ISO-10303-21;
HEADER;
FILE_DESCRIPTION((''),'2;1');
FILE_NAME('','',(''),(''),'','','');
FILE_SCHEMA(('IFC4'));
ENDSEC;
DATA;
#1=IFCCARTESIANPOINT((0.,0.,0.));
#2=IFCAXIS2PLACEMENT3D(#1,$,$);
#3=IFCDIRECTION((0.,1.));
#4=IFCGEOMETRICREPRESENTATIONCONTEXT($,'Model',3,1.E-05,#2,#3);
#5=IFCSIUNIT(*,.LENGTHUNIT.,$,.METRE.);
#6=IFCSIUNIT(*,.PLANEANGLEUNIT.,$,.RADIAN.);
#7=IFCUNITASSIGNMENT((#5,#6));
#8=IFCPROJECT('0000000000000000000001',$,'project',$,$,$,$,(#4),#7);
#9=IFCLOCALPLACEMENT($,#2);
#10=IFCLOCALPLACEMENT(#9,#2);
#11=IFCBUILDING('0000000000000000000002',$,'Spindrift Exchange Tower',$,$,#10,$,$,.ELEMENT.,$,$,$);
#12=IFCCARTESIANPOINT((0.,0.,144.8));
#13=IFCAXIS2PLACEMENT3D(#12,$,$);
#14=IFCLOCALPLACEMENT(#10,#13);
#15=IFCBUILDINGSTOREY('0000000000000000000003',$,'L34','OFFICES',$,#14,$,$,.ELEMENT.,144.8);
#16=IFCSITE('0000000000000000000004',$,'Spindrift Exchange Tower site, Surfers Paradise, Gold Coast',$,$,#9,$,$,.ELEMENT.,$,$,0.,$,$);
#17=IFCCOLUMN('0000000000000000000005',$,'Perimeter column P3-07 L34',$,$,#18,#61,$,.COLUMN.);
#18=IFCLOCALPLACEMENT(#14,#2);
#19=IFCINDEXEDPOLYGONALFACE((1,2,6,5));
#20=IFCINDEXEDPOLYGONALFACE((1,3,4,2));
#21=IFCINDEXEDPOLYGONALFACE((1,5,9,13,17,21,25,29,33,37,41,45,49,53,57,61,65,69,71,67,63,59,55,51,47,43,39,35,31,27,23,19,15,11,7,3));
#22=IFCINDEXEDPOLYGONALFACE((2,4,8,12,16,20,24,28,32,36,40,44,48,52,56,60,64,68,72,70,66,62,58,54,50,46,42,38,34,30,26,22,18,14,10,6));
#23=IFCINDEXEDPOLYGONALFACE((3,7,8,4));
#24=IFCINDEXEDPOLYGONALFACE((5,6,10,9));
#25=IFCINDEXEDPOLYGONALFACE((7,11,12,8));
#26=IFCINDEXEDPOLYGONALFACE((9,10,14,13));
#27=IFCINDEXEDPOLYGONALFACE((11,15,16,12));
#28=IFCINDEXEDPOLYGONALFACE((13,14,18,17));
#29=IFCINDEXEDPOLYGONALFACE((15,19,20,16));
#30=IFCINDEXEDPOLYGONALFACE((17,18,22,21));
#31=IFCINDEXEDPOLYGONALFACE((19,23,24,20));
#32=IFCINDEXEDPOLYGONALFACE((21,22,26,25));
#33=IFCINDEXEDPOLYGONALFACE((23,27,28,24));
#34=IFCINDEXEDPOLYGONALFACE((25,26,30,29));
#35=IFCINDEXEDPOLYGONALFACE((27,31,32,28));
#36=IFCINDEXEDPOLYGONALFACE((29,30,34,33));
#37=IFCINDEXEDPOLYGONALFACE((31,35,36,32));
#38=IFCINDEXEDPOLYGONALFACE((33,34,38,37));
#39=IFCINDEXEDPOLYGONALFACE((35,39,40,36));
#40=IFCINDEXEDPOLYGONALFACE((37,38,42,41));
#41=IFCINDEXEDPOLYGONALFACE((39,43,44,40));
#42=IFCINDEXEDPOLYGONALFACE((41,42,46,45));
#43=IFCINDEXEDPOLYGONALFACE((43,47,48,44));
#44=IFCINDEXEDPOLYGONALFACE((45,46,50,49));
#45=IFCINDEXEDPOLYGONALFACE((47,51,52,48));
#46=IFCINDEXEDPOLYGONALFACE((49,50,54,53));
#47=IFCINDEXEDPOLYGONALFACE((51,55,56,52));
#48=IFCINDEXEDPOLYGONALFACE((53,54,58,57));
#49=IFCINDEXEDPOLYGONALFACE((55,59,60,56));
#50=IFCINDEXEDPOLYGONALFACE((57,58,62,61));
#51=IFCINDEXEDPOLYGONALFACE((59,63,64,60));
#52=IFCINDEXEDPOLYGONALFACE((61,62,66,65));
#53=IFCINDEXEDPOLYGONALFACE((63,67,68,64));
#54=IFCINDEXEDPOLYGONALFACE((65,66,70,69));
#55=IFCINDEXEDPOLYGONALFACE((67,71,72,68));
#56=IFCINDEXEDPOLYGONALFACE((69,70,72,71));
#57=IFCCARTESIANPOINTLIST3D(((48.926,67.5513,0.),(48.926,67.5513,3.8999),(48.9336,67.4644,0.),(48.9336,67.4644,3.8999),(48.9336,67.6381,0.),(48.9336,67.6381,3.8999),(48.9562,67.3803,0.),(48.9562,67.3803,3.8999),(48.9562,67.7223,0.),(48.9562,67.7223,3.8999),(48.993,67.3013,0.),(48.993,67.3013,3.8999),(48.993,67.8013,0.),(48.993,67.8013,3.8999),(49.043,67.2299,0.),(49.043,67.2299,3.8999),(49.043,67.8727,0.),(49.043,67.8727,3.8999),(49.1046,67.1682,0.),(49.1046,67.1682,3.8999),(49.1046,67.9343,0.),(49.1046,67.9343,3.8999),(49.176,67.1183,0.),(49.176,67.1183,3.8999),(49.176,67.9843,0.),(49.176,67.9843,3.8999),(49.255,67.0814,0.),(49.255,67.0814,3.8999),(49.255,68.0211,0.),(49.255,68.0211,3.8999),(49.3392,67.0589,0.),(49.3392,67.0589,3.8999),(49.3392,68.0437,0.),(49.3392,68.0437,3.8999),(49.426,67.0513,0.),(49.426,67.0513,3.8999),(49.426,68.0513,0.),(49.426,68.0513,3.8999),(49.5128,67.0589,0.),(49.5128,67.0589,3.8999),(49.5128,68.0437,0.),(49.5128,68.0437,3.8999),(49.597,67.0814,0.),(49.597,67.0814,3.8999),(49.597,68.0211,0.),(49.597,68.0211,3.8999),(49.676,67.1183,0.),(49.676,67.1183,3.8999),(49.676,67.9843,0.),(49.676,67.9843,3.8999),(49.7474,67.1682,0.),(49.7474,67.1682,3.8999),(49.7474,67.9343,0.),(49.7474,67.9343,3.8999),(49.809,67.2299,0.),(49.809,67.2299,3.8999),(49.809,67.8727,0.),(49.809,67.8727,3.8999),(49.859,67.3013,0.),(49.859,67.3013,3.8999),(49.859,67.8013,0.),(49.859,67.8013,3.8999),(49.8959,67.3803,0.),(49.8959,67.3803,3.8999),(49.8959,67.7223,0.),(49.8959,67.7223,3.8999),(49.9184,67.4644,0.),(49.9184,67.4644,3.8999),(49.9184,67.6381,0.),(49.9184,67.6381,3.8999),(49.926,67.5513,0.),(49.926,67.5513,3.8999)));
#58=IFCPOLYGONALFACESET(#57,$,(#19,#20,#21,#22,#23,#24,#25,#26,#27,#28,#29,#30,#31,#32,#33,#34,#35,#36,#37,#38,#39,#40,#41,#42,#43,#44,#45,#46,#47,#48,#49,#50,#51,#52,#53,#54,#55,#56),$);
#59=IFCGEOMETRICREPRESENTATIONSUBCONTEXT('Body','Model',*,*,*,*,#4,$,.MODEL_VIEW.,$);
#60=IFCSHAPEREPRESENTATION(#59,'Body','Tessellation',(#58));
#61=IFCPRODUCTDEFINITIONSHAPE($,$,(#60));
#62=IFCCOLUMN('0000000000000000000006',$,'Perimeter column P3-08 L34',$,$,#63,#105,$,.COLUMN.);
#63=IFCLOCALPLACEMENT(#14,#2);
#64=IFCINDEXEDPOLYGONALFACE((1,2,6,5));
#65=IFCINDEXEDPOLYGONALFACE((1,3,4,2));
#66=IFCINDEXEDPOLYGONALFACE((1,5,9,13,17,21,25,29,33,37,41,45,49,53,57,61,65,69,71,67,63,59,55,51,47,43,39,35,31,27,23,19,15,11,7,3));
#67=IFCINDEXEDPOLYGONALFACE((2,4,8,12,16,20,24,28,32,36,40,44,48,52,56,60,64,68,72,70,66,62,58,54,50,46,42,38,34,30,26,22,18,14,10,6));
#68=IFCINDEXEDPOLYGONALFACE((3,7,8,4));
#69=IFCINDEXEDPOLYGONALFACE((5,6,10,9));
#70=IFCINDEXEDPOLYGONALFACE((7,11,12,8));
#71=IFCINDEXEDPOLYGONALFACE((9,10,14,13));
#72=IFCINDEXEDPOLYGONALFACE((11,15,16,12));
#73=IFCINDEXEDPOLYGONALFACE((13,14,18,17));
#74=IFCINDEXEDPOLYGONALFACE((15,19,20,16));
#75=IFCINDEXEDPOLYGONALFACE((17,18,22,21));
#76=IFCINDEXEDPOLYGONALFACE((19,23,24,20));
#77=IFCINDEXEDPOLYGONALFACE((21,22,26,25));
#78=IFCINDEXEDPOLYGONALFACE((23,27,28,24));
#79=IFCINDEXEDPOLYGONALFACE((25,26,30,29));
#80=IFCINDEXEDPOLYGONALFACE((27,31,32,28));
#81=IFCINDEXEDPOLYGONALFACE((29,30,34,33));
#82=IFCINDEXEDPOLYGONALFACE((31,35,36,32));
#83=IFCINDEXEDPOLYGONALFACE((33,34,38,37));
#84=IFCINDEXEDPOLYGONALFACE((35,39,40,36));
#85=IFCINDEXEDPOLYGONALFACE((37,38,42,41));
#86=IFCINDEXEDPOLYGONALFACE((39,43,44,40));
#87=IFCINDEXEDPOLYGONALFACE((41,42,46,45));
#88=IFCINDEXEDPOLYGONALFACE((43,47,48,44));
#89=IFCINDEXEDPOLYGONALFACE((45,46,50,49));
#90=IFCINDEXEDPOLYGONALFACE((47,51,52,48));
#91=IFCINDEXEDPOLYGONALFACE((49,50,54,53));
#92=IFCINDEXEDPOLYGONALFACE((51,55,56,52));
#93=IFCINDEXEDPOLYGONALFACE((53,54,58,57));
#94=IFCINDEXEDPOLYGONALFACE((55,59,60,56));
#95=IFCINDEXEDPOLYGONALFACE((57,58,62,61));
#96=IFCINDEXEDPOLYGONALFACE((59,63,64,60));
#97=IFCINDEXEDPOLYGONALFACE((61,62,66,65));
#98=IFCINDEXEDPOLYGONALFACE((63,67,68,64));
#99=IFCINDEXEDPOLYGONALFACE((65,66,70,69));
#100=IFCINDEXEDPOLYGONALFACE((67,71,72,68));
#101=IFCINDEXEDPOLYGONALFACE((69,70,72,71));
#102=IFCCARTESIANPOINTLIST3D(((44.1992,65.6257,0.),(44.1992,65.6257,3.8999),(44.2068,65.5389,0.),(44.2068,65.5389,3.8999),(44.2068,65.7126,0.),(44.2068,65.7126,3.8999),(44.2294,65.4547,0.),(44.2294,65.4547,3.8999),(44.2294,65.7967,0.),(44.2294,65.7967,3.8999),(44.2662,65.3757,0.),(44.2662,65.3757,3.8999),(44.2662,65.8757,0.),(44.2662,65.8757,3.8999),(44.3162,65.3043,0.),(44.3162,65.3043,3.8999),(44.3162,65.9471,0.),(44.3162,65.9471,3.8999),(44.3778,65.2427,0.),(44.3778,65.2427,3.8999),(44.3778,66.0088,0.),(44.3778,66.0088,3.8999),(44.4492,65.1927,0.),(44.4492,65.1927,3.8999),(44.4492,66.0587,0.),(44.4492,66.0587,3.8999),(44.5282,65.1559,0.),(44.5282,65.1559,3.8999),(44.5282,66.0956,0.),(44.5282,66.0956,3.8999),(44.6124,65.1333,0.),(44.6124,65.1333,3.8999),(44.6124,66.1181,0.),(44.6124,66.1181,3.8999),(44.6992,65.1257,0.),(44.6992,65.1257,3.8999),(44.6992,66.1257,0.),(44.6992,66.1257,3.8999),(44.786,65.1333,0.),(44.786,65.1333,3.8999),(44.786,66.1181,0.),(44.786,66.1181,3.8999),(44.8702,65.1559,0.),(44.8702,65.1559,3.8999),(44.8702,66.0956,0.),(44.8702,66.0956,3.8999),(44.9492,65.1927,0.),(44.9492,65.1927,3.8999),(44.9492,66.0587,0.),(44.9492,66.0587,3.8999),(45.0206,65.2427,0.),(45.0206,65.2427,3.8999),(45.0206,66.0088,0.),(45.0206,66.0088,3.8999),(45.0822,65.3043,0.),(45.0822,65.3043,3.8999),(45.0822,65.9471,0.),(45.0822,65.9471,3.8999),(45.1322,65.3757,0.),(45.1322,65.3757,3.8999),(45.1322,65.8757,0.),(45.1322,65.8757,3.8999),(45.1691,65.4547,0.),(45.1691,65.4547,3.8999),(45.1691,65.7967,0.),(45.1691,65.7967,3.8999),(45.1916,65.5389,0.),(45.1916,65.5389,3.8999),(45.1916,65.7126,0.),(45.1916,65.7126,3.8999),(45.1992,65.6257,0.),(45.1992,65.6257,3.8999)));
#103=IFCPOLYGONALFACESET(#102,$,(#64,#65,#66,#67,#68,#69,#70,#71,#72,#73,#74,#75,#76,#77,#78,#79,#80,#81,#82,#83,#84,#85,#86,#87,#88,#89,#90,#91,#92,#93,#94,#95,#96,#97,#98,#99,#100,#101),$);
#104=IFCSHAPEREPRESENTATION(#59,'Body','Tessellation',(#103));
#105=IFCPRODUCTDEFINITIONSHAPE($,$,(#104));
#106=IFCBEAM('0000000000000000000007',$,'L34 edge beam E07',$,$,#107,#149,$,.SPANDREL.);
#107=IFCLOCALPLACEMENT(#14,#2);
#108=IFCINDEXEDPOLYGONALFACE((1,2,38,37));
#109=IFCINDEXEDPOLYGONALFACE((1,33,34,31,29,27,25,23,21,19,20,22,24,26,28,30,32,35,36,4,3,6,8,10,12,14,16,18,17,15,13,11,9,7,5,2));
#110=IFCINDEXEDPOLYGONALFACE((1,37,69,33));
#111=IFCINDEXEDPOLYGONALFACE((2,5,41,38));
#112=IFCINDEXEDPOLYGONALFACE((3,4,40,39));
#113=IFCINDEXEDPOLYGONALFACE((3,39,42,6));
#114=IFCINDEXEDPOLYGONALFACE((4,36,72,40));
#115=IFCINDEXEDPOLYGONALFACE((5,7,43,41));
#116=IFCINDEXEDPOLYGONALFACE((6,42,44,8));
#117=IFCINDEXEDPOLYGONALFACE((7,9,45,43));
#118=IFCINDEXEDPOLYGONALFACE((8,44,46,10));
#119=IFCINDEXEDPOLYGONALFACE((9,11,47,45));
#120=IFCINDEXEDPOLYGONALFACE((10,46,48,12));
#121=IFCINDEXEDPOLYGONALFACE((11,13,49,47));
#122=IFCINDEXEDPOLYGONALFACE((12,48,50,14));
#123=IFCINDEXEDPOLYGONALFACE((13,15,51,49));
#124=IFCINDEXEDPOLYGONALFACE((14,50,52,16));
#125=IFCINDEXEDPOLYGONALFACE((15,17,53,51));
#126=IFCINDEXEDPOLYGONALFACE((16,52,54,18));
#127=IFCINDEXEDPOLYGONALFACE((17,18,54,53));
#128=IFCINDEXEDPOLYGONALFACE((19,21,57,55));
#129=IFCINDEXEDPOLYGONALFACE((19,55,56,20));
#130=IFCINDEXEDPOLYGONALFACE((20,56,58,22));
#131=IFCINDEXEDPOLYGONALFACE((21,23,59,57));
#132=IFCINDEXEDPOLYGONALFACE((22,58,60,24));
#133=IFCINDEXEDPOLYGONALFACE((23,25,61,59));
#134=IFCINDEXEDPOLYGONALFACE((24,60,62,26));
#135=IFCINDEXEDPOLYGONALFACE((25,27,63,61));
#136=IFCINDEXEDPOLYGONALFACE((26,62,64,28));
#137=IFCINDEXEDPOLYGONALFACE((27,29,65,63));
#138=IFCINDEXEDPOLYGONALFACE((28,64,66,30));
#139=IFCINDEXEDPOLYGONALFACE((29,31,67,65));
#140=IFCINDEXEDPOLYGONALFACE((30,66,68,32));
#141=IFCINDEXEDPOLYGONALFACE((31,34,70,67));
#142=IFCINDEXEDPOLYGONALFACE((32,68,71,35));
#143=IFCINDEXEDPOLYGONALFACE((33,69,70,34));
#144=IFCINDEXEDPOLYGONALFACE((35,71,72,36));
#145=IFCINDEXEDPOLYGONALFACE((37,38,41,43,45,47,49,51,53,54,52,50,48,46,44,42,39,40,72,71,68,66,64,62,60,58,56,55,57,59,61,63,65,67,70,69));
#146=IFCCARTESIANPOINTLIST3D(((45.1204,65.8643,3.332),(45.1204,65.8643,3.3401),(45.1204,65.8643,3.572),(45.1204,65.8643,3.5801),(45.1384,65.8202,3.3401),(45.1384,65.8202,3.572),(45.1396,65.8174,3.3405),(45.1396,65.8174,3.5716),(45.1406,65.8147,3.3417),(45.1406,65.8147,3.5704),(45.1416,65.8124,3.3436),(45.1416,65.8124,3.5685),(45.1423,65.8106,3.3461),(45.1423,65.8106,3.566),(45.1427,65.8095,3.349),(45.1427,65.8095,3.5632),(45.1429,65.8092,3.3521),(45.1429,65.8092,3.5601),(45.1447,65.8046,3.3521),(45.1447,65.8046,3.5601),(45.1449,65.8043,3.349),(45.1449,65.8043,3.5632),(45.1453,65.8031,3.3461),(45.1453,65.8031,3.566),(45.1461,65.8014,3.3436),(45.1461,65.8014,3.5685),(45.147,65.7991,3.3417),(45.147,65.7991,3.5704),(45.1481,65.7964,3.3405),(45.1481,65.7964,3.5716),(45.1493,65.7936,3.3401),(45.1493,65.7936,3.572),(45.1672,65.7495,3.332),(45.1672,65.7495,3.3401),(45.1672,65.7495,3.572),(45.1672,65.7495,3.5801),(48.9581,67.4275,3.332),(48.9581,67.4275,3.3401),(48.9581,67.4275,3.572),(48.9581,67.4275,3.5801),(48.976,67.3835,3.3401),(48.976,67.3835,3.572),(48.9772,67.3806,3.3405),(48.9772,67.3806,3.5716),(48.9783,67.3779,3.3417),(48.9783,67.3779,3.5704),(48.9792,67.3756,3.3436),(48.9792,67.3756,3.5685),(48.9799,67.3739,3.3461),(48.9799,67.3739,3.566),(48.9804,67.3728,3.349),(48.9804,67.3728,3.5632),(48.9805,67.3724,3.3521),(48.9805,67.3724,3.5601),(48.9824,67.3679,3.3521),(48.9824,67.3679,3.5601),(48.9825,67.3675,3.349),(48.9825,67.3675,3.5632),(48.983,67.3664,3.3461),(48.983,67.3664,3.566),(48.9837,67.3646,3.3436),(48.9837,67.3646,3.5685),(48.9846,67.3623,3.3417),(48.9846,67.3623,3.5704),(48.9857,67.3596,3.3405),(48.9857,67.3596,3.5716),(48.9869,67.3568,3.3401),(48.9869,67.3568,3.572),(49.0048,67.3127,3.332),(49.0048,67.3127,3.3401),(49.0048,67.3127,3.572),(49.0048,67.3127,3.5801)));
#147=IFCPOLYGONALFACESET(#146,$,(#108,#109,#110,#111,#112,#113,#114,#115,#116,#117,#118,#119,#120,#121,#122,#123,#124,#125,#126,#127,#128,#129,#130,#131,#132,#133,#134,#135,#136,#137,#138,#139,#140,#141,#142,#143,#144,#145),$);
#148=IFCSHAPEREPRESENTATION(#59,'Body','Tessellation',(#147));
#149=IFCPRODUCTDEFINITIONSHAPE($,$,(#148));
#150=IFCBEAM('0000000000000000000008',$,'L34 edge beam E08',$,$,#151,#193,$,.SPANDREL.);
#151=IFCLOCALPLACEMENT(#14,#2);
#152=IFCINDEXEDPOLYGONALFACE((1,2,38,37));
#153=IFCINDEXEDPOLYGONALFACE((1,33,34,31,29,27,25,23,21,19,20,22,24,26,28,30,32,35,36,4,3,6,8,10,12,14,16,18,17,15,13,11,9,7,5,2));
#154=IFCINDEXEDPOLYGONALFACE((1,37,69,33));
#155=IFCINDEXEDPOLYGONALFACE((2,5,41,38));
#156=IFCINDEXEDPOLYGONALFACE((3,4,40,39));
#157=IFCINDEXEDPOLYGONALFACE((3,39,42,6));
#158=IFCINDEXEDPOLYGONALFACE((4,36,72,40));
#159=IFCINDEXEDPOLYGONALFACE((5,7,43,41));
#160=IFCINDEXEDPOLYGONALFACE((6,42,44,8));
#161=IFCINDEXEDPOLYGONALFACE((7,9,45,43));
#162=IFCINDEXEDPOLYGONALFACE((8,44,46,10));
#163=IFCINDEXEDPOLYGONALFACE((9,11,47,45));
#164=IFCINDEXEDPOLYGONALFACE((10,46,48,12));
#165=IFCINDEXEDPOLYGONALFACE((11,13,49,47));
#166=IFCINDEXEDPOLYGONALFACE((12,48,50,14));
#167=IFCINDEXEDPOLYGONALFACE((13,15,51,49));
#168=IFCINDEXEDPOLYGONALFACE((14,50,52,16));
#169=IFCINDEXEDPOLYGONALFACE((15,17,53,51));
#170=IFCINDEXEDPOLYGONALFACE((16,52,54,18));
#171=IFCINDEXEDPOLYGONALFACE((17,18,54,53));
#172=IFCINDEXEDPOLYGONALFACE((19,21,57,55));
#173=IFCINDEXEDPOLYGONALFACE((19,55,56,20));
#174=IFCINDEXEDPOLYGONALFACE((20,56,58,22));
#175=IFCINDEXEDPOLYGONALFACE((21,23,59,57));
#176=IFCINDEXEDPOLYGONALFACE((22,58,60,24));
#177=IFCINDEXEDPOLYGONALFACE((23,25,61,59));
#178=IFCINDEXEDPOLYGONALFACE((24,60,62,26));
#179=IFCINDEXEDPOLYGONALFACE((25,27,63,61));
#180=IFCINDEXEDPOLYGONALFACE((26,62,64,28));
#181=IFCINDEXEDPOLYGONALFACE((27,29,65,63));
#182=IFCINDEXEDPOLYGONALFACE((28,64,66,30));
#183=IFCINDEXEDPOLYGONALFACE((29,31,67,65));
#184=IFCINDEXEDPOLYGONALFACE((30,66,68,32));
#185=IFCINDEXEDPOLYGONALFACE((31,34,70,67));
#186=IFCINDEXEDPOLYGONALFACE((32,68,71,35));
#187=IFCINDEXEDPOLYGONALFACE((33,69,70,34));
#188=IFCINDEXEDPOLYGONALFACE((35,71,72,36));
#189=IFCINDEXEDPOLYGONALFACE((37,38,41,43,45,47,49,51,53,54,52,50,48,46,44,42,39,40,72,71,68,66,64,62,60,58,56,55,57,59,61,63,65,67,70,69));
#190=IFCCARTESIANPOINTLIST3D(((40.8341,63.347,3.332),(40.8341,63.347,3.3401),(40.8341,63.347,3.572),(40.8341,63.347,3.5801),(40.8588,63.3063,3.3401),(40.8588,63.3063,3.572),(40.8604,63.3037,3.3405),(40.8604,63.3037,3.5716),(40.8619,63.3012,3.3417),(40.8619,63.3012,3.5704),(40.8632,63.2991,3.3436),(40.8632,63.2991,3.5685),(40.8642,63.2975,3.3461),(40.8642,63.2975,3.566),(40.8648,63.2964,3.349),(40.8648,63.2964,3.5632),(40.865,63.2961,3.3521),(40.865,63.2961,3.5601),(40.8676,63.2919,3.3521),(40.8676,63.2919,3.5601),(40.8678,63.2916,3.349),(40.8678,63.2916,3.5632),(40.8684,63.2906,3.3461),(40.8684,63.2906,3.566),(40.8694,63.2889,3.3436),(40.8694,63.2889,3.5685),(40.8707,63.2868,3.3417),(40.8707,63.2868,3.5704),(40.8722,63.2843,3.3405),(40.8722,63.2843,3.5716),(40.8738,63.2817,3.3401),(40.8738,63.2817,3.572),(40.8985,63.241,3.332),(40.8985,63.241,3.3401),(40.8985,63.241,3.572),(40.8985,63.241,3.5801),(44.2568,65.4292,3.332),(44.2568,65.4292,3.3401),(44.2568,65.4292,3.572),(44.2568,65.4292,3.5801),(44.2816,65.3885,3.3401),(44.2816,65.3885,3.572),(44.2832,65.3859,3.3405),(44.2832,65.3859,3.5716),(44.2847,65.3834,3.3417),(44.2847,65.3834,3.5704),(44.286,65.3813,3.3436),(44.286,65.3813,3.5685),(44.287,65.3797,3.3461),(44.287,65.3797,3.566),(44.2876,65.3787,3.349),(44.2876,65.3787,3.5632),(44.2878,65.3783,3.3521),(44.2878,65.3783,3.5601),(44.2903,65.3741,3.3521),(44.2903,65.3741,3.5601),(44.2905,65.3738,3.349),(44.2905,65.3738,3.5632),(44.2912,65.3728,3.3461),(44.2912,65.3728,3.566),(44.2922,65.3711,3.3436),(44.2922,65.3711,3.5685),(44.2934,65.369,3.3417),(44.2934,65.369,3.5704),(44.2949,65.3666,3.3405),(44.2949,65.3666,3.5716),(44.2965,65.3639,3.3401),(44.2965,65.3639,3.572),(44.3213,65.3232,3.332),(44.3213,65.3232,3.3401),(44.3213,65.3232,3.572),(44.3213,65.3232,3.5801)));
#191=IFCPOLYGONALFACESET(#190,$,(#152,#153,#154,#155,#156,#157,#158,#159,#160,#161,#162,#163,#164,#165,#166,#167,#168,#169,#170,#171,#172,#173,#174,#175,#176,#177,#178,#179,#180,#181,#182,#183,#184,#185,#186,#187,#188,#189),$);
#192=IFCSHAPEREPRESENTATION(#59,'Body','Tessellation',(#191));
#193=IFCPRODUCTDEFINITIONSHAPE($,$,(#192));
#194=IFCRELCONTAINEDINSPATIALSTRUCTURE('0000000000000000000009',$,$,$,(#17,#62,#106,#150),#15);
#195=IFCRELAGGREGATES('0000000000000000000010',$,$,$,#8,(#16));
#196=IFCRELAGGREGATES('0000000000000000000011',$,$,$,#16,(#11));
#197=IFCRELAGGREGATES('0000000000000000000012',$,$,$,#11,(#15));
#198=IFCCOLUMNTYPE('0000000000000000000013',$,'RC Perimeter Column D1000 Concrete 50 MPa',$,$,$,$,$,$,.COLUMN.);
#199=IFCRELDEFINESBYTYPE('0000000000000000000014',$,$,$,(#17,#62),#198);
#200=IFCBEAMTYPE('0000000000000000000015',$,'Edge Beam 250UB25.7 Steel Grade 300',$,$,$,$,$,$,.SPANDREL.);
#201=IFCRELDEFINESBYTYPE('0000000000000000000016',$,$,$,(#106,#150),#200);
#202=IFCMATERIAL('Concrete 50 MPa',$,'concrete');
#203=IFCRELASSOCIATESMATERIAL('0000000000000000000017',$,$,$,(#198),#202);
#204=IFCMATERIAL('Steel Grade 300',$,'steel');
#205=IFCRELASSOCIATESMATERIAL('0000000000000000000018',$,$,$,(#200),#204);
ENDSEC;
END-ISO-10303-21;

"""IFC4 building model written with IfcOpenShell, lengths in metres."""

from ifc_helpers import new_model, si_unit, direction, frame, origin, origin_2d, place, context, subcontext, project, spatial, circle, i_section, extrude, source, transform, mapped, material, material_profile, profile_set, type_object, element, save


model = new_model("IFC4")

# Units and contexts
model_context = context("Model", 3, precision=1e-05, world=origin(), true_north=direction((0.0, 1.0)))
body_context = subcontext(model_context, "Body", "Model", "MODEL_VIEW")
ifc_project = project(units=[si_unit("LENGTHUNIT", "METRE"), si_unit("PLANEANGLEUNIT", "RADIAN")], contexts=[model_context])

# Site, building, storey
site_placement = place(None, origin())
site = spatial("IfcSite", under=ifc_project, at=site_placement, Name="Spindrift Exchange Tower site, Surfers Paradise, Gold Coast", CompositionType="ELEMENT", RefElevation=0.0)
building_placement = place(site_placement, origin())
building = spatial("IfcBuilding", under=site, at=building_placement, Name="Spindrift Exchange Tower", CompositionType="ELEMENT")
storey_placement = place(building_placement, frame((0.0, 0.0, 144.8)))
storey = spatial("IfcBuildingStorey", under=building, at=storey_placement, Name="L34", Description="OFFICES", CompositionType="ELEMENT", Elevation=144.8)

# Columns
ifc_material_1 = material(Name="Concrete 50 MPa", Category="concrete")
ifc_material_profile_1 = material_profile(ifc_material_1, circle(Radius=0.5, at=origin_2d()), Name="RC D1000")
ifc_profile_set_1 = profile_set([ifc_material_profile_1], Name="Concrete 50 MPa")
column_type = type_object("IfcColumnType", Name="RC Perimeter Column D1000 Concrete 50 MPa", PredefinedType="COLUMN", material=ifc_profile_set_1)
shared_shape_1 = source(origin(), body_context, "Body", "SweptSolid", [
    extrude(circle(Radius=0.5, at=origin_2d()), origin(), (0.0, 0.0, 1.0), 3.8999),
])
for number, where, z_axis, x_axis, name in (
    (1, (49.426, 67.5513, 0.0), (0.0, 0.0, 1.0), (1.0, 0.0, 0.0), "Perimeter column P3-07 L34"),
    (2, (44.6992, 65.6257, 0.0), (0.0, 0.0, 1.0), (1.0, 0.0, 0.0), "Perimeter column P3-08 L34"),
):
    element("IfcColumn", number, at=place(storey_placement, frame(where, z_axis=z_axis, x_axis=x_axis)), inside=storey, type_object=column_type, Name=name, PredefinedType="COLUMN", context=body_context, shape_type="MappedRepresentation", body=[
        mapped(shared_shape_1, transform((0.0, 0.0, 0.0), scale=1.0)),
    ])

# Beams
ifc_material_2 = material(Name="Steel Grade 300", Category="steel")
ifc_material_profile_2 = material_profile(ifc_material_2, i_section(OverallWidth=0.124, OverallDepth=0.248, WebThickness=0.0049, FlangeThickness=0.0081, FilletRadius=0.012, at=origin_2d()), Name="250UB25.7")
ifc_profile_set_2 = profile_set([ifc_material_profile_2], Name="Steel Grade 300")
beam_type_1 = type_object("IfcBeamType", Name="Edge Beam 250UB25.7 Steel Grade 300", PredefinedType="SPANDREL", material=ifc_profile_set_2)
shared_shape_2 = source(origin(), body_context, "Body", "SweptSolid", [
    extrude(i_section(OverallWidth=0.124, OverallDepth=0.248, WebThickness=0.0049, FlangeThickness=0.0081, FilletRadius=0.012, at=origin_2d()), origin(), (0.0, 0.0, 1.0), 4.1438),
])
beam_1_placement = place(storey_placement, frame((48.9814, 67.3701, 3.4561), z_axis=(-0.926114, -0.377244, 0.0), x_axis=(0.377244, -0.926114, 0.0)))
element("IfcBeam", 3, at=beam_1_placement, inside=storey, type_object=beam_type_1, Name="L34 edge beam E07", PredefinedType="SPANDREL", context=body_context, shape_type="MappedRepresentation", body=[
    mapped(shared_shape_2, transform((0.0, 0.0, 0.0), scale=1.0)),
])
shared_shape_3 = source(origin(), body_context, "Body", "SweptSolid", [
    extrude(i_section(OverallWidth=0.124, OverallDepth=0.248, WebThickness=0.0049, FlangeThickness=0.0081, FilletRadius=0.012, at=origin_2d()), origin(), (0.0, 0.0, 1.0), 4.0063),
])
beam_2_placement = place(storey_placement, frame((44.2891, 65.3762, 3.4561), z_axis=(-0.854331, -0.519728, 0.0), x_axis=(0.519728, -0.854331, 0.0)))
element("IfcBeam", 4, at=beam_2_placement, inside=storey, type_object=beam_type_1, Name="L34 edge beam E08", PredefinedType="SPANDREL", context=body_context, shape_type="MappedRepresentation", body=[
    mapped(shared_shape_3, transform((0.0, 0.0, 0.0), scale=1.0)),
])

save(model, "model.ifc")
